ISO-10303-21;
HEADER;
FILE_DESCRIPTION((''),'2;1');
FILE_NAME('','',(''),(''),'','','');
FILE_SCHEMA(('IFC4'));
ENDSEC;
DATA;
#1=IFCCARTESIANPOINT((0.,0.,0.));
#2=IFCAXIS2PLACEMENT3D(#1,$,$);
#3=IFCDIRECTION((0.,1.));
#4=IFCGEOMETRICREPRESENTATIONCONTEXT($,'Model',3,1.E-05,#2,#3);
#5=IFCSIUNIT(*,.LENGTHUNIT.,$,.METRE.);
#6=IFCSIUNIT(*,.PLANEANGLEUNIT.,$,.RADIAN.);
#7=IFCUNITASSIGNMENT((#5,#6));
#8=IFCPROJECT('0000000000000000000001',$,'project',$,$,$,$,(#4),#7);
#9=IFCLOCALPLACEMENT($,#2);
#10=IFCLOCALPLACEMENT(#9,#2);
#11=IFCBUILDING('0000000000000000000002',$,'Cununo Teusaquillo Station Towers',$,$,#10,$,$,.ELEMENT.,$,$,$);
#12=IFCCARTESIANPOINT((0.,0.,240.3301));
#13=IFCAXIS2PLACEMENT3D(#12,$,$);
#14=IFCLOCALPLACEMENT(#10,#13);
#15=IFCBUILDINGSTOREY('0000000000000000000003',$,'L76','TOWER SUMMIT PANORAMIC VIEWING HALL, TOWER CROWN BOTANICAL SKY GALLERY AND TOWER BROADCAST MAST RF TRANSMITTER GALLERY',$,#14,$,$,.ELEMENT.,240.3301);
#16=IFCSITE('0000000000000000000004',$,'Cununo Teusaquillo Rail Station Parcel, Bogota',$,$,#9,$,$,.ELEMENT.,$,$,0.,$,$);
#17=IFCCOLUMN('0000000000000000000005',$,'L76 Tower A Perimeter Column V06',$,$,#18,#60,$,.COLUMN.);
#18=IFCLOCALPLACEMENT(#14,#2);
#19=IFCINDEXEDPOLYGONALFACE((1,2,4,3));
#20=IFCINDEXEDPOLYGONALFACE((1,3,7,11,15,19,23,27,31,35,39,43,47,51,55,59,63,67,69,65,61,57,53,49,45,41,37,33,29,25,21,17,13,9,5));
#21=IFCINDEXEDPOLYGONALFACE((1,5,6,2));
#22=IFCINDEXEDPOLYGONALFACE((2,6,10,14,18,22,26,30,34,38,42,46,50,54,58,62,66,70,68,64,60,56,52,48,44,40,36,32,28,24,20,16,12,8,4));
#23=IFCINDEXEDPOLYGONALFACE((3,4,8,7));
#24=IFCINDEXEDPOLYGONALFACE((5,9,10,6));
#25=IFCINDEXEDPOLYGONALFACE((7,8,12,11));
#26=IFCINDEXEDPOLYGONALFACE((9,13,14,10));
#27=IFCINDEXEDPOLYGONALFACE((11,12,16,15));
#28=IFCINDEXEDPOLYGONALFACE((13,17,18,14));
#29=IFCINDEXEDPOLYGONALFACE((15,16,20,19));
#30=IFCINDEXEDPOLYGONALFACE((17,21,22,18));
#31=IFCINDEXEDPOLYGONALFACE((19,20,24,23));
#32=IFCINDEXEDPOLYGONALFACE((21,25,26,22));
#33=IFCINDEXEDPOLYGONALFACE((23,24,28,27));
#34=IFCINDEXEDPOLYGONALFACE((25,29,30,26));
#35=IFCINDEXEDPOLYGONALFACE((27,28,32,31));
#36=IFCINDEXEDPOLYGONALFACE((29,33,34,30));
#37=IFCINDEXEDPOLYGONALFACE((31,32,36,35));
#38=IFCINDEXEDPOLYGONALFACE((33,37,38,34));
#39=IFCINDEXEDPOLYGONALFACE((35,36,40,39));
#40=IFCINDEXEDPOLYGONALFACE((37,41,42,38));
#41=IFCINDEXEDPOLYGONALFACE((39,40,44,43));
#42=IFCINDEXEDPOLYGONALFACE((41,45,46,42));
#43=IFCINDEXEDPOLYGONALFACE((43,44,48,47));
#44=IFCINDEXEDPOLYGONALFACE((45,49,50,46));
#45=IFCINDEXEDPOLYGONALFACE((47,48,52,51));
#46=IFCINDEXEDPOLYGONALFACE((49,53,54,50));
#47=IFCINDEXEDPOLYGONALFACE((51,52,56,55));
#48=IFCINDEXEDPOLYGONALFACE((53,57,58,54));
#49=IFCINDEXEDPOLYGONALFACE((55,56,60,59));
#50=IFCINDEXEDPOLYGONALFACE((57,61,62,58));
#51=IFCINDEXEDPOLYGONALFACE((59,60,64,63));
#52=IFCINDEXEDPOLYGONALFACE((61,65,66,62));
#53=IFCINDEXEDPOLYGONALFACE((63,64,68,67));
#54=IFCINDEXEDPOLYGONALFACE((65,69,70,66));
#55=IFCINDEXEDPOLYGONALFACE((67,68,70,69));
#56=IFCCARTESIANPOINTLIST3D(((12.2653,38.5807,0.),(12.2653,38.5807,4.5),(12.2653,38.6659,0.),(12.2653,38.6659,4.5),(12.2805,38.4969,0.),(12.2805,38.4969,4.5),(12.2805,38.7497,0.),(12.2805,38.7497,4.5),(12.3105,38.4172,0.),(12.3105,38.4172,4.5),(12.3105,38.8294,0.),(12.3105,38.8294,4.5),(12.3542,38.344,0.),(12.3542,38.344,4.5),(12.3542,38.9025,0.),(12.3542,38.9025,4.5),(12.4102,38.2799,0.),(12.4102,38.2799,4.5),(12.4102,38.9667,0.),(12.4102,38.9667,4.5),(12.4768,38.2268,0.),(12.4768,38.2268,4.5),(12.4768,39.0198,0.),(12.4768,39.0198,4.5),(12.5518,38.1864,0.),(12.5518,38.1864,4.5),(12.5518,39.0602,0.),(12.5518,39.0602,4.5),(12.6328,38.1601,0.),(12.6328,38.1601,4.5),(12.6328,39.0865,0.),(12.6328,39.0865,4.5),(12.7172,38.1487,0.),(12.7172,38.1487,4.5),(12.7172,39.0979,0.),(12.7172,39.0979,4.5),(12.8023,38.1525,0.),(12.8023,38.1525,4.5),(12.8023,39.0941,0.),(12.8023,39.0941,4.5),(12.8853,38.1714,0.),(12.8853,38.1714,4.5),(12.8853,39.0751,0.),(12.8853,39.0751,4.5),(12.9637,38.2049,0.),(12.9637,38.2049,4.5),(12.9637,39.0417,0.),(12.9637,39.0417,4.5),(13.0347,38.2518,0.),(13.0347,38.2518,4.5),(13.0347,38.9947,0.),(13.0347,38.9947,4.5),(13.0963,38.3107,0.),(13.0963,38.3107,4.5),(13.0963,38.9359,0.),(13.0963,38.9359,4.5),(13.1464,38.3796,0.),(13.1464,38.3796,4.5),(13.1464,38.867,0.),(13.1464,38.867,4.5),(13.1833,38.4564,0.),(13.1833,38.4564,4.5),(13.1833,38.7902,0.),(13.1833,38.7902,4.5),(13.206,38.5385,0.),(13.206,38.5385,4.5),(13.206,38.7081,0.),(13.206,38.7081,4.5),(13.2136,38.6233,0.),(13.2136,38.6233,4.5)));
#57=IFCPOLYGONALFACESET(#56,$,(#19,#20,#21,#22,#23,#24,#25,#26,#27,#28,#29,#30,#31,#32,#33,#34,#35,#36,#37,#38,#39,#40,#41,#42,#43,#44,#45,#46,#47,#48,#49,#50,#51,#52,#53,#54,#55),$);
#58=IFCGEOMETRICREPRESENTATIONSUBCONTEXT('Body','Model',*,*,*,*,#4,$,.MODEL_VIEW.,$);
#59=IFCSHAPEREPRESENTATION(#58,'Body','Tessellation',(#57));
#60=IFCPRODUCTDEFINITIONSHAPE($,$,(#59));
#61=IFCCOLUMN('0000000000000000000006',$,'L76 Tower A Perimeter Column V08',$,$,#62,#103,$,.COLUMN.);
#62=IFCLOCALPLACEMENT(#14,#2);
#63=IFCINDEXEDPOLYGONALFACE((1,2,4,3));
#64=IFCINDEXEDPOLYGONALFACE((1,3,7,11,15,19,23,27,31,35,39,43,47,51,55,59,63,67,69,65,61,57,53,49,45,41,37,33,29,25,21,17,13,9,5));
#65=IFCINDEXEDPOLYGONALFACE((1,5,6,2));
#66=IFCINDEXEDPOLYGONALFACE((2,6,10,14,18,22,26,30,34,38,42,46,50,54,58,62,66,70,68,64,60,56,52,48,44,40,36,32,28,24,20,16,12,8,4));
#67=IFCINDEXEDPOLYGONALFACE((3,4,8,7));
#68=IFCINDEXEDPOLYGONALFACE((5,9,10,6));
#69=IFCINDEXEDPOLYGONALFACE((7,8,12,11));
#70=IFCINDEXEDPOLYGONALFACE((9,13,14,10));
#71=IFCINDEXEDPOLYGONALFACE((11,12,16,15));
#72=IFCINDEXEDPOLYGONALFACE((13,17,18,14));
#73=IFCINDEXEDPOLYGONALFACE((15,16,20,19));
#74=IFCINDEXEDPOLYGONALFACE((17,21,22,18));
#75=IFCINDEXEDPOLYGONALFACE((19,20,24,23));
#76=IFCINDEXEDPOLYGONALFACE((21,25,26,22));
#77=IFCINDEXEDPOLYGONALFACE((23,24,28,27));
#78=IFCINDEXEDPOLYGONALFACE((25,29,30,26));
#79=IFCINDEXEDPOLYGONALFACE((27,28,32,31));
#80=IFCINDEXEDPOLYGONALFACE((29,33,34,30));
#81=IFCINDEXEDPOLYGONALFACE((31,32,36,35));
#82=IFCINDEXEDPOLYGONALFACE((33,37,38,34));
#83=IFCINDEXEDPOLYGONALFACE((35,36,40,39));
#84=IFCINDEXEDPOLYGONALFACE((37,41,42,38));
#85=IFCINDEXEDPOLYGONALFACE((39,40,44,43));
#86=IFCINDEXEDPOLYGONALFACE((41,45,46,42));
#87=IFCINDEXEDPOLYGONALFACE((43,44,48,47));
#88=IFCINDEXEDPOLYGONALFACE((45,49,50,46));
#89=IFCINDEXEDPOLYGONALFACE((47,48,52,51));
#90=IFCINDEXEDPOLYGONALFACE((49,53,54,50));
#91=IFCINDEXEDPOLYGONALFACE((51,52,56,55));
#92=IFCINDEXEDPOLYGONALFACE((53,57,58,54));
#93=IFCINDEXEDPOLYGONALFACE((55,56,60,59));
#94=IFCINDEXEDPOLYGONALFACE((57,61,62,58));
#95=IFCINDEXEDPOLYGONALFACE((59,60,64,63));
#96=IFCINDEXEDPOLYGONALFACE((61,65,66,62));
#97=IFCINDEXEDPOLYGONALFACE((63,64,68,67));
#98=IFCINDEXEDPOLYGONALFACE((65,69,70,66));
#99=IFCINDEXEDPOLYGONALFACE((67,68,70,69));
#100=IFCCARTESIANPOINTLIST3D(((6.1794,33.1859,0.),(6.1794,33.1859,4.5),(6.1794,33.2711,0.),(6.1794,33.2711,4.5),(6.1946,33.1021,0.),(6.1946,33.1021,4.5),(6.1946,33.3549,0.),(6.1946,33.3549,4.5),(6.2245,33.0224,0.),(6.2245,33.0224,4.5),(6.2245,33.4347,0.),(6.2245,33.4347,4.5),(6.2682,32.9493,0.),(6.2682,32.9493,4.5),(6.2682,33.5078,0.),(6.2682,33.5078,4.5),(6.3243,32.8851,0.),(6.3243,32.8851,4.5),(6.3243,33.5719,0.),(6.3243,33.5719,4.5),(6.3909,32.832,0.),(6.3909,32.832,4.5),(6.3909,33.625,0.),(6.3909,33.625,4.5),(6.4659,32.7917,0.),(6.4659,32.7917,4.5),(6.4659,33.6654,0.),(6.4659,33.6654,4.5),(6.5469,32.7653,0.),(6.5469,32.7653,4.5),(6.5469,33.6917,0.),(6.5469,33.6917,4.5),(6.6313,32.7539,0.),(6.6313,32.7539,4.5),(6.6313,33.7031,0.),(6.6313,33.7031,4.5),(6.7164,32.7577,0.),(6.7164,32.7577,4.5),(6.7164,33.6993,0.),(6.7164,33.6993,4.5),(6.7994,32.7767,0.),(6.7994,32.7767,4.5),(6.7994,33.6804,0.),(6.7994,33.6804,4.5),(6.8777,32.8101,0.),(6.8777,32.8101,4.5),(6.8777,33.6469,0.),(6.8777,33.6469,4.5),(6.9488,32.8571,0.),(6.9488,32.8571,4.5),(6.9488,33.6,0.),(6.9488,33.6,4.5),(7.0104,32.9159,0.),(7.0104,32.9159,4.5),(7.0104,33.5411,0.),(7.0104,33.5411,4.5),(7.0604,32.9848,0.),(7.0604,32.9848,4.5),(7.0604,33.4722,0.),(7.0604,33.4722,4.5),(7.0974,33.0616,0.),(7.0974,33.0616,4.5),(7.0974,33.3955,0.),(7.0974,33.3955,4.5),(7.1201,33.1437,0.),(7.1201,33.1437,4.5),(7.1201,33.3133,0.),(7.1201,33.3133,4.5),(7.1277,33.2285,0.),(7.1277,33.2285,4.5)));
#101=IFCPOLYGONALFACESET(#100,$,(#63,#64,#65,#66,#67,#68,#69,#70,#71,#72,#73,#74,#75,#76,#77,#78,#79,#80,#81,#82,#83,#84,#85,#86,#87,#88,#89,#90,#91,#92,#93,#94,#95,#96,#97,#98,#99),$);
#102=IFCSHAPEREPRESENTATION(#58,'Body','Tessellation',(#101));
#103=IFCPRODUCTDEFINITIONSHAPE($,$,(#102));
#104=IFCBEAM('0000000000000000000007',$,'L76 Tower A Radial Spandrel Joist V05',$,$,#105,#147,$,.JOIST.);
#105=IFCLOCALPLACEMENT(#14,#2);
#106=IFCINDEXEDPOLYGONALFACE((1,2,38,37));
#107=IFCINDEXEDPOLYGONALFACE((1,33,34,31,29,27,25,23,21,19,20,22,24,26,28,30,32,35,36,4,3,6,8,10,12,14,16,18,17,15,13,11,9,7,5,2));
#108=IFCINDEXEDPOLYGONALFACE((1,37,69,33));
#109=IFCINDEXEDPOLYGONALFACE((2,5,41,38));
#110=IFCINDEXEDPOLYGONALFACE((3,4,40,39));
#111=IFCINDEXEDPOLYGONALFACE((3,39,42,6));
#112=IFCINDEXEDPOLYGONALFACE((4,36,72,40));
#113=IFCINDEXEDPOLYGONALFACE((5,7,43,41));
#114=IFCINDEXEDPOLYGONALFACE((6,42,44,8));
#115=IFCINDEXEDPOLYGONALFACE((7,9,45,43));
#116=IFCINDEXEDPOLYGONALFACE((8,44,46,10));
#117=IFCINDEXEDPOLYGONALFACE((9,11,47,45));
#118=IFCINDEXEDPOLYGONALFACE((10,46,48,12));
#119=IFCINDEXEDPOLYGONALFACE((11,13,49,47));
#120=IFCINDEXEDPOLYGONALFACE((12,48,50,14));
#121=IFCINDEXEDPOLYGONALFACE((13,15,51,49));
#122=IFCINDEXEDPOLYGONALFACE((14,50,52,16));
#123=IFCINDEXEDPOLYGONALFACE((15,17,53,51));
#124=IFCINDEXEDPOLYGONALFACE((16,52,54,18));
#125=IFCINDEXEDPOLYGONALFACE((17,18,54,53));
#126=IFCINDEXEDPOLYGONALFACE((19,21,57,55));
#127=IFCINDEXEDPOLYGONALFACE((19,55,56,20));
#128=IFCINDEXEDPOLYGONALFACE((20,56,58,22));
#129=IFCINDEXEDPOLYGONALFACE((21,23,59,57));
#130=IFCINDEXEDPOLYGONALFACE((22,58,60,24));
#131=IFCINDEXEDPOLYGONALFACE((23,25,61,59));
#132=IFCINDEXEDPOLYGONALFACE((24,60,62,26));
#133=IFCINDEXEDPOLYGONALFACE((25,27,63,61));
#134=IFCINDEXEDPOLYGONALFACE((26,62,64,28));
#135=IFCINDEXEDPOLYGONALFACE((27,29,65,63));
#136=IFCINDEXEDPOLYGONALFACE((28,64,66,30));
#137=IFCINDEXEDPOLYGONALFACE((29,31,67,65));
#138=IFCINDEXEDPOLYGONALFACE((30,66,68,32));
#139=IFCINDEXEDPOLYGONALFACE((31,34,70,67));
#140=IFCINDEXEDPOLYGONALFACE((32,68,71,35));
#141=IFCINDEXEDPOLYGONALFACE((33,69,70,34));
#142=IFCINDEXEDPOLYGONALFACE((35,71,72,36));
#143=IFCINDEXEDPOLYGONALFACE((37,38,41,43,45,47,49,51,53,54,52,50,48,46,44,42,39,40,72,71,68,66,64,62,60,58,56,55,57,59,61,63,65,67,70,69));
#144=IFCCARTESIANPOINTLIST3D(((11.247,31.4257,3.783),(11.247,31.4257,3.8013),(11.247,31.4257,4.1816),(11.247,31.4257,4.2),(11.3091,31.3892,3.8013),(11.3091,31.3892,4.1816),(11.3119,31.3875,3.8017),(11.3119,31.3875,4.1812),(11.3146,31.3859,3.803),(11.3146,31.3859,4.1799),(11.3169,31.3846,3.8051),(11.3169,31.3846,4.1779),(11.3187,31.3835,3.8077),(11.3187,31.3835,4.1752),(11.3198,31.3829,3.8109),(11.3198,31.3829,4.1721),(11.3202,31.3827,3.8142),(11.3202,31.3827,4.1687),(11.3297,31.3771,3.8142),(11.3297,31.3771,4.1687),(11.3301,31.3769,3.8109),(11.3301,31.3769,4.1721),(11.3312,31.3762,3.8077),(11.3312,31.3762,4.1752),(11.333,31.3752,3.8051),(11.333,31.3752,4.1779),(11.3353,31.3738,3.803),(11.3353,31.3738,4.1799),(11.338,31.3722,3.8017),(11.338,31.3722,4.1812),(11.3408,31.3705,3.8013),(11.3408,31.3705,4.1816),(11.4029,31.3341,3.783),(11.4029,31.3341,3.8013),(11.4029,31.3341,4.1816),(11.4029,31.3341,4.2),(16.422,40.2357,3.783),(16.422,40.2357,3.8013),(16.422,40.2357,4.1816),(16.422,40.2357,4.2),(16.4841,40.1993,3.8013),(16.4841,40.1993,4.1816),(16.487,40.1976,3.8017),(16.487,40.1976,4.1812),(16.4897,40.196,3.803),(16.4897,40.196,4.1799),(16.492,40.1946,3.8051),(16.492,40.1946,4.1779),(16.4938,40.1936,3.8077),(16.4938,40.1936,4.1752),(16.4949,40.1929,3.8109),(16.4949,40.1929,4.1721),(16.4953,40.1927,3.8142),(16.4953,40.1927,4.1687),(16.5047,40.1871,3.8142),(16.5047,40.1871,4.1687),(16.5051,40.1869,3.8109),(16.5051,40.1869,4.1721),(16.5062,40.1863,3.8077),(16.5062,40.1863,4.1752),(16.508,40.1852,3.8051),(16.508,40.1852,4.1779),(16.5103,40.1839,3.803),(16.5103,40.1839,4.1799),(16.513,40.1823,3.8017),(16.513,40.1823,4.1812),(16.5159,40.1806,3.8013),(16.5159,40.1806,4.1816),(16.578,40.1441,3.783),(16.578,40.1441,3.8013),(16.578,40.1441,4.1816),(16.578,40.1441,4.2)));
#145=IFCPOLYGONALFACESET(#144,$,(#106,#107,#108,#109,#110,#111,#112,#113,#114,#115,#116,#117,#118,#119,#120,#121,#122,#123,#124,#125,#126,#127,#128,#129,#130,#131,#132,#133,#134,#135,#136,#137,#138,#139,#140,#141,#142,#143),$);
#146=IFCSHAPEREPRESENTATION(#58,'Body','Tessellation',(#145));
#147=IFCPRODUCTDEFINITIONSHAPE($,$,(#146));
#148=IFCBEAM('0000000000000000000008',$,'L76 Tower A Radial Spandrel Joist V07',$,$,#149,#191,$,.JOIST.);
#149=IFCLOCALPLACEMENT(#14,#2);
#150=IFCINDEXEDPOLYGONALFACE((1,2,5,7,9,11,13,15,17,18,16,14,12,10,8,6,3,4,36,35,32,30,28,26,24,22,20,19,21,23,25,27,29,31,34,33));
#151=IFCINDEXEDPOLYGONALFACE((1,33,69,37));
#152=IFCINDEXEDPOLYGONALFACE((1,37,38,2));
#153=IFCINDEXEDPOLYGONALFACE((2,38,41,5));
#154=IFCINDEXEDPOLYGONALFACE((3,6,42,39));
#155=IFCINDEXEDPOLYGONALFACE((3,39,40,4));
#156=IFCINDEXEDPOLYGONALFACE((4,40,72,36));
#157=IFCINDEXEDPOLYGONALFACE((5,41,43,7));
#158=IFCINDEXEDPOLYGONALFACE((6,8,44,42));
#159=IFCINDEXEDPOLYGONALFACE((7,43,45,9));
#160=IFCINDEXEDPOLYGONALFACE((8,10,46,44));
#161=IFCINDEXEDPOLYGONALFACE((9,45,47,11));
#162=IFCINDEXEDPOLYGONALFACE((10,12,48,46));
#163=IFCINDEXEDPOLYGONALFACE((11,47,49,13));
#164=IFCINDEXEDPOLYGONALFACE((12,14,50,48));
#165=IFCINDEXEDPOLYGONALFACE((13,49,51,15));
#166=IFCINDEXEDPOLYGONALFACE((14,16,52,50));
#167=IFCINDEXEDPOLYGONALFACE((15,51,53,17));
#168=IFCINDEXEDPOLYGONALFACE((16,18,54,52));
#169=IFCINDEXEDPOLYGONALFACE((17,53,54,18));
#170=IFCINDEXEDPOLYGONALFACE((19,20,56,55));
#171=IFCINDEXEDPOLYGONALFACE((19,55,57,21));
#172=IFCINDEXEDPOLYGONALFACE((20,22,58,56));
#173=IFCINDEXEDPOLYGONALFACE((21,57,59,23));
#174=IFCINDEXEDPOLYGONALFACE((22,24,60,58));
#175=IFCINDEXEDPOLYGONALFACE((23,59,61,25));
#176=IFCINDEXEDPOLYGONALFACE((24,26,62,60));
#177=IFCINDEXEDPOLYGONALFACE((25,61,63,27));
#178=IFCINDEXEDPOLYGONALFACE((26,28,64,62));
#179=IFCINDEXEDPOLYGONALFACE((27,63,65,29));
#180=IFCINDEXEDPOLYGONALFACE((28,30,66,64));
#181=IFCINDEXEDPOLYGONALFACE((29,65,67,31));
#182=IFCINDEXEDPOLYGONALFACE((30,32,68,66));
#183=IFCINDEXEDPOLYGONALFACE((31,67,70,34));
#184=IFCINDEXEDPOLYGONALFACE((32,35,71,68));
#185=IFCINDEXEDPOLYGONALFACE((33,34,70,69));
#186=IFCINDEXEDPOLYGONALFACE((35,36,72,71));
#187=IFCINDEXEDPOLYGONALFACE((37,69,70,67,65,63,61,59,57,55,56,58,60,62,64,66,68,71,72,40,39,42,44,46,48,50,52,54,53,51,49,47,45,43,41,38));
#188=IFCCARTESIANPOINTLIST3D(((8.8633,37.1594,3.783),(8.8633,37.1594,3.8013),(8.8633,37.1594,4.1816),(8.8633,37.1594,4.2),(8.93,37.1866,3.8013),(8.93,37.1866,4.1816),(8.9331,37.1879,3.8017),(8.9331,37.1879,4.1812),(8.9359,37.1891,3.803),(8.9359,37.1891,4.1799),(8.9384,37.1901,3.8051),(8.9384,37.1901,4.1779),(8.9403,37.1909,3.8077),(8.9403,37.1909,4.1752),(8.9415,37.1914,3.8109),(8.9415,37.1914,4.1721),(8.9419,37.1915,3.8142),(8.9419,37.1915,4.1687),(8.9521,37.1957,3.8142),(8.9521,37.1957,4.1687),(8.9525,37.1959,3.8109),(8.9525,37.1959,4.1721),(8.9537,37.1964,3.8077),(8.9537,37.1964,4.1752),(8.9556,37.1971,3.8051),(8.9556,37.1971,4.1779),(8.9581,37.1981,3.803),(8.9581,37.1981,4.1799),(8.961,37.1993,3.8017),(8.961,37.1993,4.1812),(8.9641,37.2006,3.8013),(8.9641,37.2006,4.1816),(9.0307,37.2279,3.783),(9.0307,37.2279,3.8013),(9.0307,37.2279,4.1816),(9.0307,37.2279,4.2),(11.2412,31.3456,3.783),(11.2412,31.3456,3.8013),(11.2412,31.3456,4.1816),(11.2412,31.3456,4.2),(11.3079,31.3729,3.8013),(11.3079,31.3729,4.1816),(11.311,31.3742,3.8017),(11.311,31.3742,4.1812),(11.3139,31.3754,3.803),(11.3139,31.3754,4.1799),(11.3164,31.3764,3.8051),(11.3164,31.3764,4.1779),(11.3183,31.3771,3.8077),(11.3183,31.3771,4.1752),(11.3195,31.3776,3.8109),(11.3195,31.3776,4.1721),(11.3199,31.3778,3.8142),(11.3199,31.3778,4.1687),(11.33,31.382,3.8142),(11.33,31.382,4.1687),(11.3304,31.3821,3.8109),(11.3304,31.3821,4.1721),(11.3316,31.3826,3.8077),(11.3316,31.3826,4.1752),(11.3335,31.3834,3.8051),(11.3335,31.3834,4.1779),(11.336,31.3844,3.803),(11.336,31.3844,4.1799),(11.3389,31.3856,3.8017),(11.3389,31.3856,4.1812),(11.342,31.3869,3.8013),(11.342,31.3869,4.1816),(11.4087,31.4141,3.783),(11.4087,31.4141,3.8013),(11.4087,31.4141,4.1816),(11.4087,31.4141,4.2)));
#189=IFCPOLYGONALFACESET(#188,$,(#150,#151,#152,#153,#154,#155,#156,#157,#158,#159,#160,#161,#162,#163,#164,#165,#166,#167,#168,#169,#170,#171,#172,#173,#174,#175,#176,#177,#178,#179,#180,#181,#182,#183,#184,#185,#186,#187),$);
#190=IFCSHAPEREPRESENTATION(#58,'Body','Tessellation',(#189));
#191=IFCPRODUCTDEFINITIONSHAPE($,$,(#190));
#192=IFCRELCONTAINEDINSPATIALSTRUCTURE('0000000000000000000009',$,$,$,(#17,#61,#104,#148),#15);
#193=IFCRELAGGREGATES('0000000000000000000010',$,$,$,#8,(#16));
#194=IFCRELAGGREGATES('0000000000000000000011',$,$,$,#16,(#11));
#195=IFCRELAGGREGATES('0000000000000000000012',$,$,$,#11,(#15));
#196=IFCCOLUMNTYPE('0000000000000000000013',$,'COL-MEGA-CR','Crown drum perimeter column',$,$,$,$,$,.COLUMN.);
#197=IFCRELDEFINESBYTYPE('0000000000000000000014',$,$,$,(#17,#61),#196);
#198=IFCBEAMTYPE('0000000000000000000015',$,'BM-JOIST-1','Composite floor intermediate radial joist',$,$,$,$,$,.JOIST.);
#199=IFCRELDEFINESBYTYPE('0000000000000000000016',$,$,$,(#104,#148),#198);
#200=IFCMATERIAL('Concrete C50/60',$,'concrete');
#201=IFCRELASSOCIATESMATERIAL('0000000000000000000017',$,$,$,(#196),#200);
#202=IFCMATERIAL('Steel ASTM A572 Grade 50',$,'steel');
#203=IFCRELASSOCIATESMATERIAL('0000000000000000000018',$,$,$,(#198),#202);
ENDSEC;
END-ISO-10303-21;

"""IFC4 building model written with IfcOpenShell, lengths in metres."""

from ifc_helpers import new_model, si_unit, direction, frame, origin, origin_2d, place, context, subcontext, project, spatial, circle, i_section, extrude, material, material_profile, profile_set, type_object, element, save


model = new_model("IFC4")

# Units and contexts
model_context = context("Model", 3, precision=1e-05, world=origin(), true_north=direction((0.0, 1.0)))
body_context = subcontext(model_context, "Body", "Model", "MODEL_VIEW")
ifc_project = project(units=[si_unit("LENGTHUNIT", "METRE"), si_unit("PLANEANGLEUNIT", "RADIAN")], contexts=[model_context])

# Site, building, storey
site_placement = place(None, origin())
site = spatial("IfcSite", under=ifc_project, at=site_placement, Name="Cununo Teusaquillo Rail Station Parcel, Bogota", CompositionType="ELEMENT", RefElevation=0.0)
building_placement = place(site_placement, origin())
building = spatial("IfcBuilding", under=site, at=building_placement, Name="Cununo Teusaquillo Station Towers", CompositionType="ELEMENT")
storey_placement = place(building_placement, frame((0.0, 0.0, 240.3301)))
storey = spatial("IfcBuildingStorey", under=building, at=storey_placement, Name="L76", Description="TOWER SUMMIT PANORAMIC VIEWING HALL, TOWER CROWN BOTANICAL SKY GALLERY AND TOWER BROADCAST MAST RF TRANSMITTER GALLERY", CompositionType="ELEMENT", Elevation=240.3301)

# Columns
ifc_material_1 = material(Name="Concrete C50/60", Category="concrete")
ifc_material_profile_1 = material_profile(ifc_material_1, circle(Radius=0.4751, at=origin_2d()), Name="RC-CIRC-950")
ifc_profile_set_1 = profile_set([ifc_material_profile_1], Name="Concrete C50/60")
column_type = type_object("IfcColumnType", Name="COL-MEGA-CR", Description="Crown drum perimeter column", PredefinedType="COLUMN", material=ifc_profile_set_1)
for number, where, z_axis, x_axis, name in (
    (1, (12.7385, 38.6233, 0.0), (0.0, 0.0, 1.0), (1.0, 0.0, 0.0), "L76 Tower A Perimeter Column V06"),
    (2, (6.6526, 33.2285, 0.0), (0.0, 0.0, 1.0), (1.0, 0.0, 0.0), "L76 Tower A Perimeter Column V08"),
):
    element("IfcColumn", number, at=place(storey_placement, frame(where, z_axis=z_axis, x_axis=x_axis)), inside=storey, type_object=column_type, Name=name, PredefinedType="COLUMN", context=body_context, shape_type="SweptSolid", body=[
        extrude(circle(Radius=0.4751, at=origin_2d()), origin(), (0.0, 0.0, 1.0), 4.5),
    ])

# Beams
ifc_material_2 = material(Name="Steel ASTM A572 Grade 50", Category="steel")
ifc_material_profile_2 = material_profile(ifc_material_2, i_section(OverallWidth=0.1809, OverallDepth=0.417, WebThickness=0.011, FlangeThickness=0.0183, FilletRadius=0.0129, at=origin_2d()), Name="W16X57")
ifc_profile_set_2 = profile_set([ifc_material_profile_2], Name="Steel ASTM A572 Grade 50")
beam_type_1 = type_object("IfcBeamType", Name="BM-JOIST-1", Description="Composite floor intermediate radial joist", PredefinedType="JOIST", material=ifc_profile_set_2)
beam_1_placement = place(storey_placement, frame((11.325, 31.3799, 3.9915), z_axis=(0.506486, 0.862248, 0.0), x_axis=(-0.862248, 0.506486, 0.0)))
element("IfcBeam", 3, at=beam_1_placement, inside=storey, type_object=beam_type_1, Name="L76 Tower A Radial Spandrel Joist V05", PredefinedType="JOIST", context=body_context, shape_type="SweptSolid", body=[
    extrude(i_section(OverallWidth=0.1809, OverallDepth=0.417, WebThickness=0.011, FlangeThickness=0.0183, FilletRadius=0.0129, at=origin_2d()), origin(), (0.0, 0.0, 1.0), 10.2175),
])
beam_2_placement = place(storey_placement, frame((11.325, 31.3799, 3.9915), z_axis=(-0.378577, 0.92557, 0.0), x_axis=(-0.92557, -0.378577, 0.0)))
element("IfcBeam", 4, at=beam_2_placement, inside=storey, type_object=beam_type_1, Name="L76 Tower A Radial Spandrel Joist V07", PredefinedType="JOIST", context=body_context, shape_type="SweptSolid", body=[
    extrude(i_section(OverallWidth=0.1809, OverallDepth=0.417, WebThickness=0.011, FlangeThickness=0.0183, FilletRadius=0.0129, at=origin_2d()), origin(), (0.0, 0.0, 1.0), 6.2812),
])

save(model, "model.ifc")
